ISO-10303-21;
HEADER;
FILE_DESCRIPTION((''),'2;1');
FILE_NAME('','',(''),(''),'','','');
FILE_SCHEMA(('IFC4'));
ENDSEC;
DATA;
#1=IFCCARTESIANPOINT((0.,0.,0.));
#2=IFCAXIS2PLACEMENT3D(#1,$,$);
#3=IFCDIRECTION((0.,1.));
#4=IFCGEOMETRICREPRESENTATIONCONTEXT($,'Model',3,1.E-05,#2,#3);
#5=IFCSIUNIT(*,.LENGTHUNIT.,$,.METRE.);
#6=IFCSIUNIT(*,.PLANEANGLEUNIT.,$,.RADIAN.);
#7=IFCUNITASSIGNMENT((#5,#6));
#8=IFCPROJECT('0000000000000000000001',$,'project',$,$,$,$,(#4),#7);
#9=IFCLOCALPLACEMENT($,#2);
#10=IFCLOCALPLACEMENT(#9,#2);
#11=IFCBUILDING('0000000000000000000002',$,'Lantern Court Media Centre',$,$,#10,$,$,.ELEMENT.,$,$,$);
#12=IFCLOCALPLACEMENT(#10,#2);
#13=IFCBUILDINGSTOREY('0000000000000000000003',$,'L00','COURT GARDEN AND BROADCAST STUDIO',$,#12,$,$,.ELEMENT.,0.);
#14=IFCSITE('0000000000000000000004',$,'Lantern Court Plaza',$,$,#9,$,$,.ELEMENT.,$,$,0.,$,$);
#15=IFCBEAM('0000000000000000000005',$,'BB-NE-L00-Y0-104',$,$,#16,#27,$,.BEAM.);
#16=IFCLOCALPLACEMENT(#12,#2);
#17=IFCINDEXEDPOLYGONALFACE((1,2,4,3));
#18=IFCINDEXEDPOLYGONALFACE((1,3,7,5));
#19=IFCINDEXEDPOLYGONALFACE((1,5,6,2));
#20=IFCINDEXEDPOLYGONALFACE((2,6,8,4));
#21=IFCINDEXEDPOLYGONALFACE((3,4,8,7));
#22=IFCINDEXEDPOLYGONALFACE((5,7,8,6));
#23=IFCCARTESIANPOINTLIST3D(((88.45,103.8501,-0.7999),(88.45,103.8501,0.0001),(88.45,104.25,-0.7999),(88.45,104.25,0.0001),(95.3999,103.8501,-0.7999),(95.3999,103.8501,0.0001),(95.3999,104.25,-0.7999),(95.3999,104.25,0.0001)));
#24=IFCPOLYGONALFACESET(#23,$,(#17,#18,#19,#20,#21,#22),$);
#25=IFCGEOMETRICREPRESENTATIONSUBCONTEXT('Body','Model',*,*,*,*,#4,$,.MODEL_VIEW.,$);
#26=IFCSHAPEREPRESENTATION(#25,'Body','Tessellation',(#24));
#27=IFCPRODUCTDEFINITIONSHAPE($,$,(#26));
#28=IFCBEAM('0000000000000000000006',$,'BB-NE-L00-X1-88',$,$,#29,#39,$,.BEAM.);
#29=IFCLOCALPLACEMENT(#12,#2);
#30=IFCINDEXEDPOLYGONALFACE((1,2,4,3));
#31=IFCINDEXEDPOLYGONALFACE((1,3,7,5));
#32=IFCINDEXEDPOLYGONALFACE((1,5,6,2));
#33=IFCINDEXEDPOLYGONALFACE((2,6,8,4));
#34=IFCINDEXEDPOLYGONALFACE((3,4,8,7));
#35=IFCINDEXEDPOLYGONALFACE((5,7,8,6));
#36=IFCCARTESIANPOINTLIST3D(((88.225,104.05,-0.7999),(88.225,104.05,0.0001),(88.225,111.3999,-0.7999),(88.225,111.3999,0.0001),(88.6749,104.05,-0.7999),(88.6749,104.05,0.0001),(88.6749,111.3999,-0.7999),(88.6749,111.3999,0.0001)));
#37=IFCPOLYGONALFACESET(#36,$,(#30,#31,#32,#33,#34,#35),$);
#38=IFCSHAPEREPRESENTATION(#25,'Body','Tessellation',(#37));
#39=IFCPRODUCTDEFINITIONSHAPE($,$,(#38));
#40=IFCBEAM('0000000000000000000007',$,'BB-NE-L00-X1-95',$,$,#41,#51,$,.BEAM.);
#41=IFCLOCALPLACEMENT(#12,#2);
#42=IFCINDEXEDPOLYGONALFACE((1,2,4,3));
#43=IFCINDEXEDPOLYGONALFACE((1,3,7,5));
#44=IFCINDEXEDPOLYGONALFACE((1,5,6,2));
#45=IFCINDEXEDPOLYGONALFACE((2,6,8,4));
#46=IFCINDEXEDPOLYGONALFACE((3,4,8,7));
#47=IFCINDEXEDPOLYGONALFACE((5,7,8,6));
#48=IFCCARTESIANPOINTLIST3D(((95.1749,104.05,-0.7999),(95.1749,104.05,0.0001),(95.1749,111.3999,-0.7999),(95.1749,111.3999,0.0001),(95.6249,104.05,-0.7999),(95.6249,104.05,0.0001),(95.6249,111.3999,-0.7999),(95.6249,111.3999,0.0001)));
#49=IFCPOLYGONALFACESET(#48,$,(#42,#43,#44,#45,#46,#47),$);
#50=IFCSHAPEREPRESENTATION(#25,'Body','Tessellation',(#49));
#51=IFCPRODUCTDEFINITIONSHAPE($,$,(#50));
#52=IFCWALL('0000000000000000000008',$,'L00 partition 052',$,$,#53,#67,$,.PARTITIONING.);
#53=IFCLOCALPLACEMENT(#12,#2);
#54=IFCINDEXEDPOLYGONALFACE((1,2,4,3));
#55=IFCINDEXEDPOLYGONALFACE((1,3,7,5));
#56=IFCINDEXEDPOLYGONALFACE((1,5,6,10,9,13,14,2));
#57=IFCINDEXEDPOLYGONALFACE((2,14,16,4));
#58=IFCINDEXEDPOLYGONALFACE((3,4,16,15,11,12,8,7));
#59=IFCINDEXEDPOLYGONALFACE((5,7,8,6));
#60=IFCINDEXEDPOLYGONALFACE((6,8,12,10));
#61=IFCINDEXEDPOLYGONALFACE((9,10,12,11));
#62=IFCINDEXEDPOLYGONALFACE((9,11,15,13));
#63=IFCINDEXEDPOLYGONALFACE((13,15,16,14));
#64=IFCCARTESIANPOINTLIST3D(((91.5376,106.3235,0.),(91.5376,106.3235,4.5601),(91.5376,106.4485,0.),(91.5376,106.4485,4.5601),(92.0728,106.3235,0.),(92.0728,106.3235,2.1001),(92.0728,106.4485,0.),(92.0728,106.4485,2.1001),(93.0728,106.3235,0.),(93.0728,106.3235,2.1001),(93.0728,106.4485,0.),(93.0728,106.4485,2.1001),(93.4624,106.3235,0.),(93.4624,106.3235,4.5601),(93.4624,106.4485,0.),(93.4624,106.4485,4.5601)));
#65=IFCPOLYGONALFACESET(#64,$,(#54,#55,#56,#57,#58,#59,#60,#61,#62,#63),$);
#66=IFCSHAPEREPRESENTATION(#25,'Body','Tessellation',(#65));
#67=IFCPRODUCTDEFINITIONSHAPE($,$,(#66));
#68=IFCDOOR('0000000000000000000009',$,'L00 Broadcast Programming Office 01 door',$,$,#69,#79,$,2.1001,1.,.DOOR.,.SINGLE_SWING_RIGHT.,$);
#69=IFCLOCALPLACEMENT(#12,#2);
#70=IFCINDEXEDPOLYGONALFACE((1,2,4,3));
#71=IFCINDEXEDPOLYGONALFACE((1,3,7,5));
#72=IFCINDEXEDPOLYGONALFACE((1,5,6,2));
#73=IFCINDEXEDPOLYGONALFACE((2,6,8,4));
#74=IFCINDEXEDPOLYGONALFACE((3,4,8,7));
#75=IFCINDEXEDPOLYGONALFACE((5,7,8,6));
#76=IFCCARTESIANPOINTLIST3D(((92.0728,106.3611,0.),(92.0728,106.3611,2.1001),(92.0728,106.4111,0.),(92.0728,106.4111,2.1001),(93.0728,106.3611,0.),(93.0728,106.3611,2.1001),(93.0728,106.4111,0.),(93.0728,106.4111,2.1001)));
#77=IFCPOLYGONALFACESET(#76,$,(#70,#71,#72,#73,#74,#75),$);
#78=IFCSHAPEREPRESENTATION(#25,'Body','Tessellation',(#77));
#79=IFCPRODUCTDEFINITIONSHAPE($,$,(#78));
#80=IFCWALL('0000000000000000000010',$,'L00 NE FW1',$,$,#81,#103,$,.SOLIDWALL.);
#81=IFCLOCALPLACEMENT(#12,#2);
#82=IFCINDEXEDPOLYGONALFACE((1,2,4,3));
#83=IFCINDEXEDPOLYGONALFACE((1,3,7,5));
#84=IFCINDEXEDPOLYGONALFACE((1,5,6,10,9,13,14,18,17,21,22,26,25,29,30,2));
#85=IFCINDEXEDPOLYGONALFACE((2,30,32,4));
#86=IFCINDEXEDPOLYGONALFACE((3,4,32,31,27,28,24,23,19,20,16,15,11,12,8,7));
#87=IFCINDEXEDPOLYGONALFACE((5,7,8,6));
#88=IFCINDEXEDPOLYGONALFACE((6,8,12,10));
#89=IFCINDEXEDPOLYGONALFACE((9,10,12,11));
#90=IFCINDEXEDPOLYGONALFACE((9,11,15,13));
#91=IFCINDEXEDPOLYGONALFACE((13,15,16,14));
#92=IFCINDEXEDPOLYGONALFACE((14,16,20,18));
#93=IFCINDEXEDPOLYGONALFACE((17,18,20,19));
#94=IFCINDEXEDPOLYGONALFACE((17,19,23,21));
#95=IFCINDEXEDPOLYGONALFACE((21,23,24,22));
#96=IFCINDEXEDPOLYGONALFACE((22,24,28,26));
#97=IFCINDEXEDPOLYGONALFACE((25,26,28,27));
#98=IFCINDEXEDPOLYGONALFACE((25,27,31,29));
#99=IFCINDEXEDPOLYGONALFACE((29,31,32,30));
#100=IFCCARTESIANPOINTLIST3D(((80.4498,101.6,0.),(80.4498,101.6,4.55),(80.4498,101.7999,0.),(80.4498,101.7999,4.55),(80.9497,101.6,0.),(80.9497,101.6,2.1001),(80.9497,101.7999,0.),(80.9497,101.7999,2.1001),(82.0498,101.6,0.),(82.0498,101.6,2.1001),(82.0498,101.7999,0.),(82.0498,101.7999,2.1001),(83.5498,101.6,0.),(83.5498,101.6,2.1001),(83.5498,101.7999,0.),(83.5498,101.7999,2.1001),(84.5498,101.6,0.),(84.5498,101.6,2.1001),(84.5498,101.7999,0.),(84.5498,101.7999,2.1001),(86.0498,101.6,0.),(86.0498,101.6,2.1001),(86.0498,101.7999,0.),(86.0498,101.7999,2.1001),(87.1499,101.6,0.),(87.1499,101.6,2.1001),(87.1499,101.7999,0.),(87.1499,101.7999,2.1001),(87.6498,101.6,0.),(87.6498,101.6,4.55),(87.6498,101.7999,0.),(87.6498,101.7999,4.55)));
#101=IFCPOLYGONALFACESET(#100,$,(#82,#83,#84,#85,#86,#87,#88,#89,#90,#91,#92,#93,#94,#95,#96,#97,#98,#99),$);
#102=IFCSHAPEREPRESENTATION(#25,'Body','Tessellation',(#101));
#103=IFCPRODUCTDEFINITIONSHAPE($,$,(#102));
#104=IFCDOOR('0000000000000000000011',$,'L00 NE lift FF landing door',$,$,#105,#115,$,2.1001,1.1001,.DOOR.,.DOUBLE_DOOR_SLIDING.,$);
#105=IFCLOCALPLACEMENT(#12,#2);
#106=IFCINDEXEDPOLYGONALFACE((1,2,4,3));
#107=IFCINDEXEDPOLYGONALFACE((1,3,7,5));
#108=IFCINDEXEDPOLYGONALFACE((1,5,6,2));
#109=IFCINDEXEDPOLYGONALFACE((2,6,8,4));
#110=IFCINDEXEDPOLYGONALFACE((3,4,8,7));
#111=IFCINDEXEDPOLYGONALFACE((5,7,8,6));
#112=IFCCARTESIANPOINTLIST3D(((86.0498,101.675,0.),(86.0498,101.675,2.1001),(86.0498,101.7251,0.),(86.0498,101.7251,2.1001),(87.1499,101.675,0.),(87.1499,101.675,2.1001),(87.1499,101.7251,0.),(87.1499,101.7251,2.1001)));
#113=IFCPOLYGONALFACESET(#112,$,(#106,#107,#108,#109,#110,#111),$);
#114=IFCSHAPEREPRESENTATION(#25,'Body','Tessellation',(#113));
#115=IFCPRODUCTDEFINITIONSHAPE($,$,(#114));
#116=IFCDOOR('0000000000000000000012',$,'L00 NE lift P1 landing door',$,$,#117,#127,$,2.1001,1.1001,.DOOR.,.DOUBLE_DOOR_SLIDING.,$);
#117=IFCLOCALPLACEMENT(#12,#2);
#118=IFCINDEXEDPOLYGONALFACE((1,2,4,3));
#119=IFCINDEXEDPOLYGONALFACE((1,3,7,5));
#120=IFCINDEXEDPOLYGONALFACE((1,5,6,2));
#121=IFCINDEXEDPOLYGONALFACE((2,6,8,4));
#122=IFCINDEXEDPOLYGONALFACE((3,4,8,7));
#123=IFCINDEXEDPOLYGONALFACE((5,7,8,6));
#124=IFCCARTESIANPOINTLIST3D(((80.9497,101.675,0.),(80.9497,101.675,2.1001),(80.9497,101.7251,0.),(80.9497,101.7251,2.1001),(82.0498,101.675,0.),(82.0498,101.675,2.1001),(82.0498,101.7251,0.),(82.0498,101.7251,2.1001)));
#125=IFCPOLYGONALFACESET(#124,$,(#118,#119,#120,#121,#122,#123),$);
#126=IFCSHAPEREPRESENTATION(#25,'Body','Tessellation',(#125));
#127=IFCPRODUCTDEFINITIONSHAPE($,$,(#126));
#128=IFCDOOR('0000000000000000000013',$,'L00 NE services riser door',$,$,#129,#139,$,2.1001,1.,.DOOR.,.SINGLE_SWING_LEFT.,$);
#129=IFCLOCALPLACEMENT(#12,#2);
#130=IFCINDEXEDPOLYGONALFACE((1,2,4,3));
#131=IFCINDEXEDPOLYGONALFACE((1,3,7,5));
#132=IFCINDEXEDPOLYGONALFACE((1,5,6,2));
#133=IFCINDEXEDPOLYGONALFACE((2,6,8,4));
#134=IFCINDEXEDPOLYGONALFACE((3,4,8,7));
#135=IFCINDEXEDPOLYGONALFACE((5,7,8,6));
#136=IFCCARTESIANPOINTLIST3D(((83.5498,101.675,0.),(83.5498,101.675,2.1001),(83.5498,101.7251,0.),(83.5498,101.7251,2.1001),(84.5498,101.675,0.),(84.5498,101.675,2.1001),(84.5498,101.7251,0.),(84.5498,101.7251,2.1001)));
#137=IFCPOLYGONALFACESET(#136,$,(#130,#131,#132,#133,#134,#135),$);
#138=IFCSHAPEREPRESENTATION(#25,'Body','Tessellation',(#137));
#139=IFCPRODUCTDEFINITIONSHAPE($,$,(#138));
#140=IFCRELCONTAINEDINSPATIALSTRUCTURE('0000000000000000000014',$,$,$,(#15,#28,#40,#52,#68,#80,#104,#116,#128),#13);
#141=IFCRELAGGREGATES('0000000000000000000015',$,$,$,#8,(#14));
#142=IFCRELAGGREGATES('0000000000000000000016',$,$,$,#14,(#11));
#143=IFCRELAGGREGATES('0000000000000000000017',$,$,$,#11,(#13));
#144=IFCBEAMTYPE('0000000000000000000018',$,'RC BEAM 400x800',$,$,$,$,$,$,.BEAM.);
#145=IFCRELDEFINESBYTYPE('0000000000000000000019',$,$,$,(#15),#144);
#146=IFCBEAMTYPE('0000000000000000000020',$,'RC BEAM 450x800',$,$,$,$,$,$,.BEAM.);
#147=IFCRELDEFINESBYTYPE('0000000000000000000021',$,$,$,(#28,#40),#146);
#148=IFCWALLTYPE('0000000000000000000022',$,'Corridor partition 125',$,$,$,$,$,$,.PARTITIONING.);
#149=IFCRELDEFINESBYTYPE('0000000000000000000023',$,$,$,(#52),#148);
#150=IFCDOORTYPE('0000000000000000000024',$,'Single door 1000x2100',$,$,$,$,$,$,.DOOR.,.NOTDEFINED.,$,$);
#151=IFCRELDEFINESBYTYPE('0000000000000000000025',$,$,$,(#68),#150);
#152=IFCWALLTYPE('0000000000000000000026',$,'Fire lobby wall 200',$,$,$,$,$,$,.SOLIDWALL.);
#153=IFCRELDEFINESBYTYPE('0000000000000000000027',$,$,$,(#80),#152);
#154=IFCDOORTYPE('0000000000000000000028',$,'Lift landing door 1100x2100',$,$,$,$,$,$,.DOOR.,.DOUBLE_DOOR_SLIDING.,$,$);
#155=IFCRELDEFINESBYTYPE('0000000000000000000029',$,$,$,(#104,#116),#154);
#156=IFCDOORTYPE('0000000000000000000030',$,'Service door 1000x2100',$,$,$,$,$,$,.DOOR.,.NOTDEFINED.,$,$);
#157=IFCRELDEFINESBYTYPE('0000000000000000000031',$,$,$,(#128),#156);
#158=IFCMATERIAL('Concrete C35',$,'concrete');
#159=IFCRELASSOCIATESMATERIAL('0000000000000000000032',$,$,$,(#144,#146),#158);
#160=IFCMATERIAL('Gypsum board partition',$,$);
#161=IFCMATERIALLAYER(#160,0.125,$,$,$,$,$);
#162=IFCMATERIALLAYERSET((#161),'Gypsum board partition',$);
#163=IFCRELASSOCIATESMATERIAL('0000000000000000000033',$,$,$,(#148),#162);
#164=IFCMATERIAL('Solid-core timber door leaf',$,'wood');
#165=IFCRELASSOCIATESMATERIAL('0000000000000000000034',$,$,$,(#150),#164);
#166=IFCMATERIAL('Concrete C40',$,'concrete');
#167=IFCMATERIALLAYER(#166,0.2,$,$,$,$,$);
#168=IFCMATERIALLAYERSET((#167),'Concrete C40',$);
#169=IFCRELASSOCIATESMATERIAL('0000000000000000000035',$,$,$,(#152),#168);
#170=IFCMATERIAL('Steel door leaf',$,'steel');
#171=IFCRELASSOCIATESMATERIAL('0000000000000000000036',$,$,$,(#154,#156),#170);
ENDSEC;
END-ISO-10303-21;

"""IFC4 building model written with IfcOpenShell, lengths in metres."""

from ifc_helpers import new_model, si_unit, direction, frame, frame_2d, origin, origin_2d, place, context, subcontext, project, spatial, rectangle, extrude, material, layer, layer_set, material_profile, profile_set, type_object, element, fill, save


model = new_model("IFC4")

# Units and contexts
model_context = context("Model", 3, precision=1e-05, world=origin(), true_north=direction((0.0, 1.0)))
body_context = subcontext(model_context, "Body", "Model", "MODEL_VIEW")
ifc_project = project(units=[si_unit("LENGTHUNIT", "METRE"), si_unit("PLANEANGLEUNIT", "RADIAN")], contexts=[model_context])

# Site, building, storey
site_placement = place(None, origin())
site = spatial("IfcSite", under=ifc_project, at=site_placement, Name="Lantern Court Plaza", CompositionType="ELEMENT", RefElevation=0.0)
building_placement = place(site_placement, origin())
building = spatial("IfcBuilding", under=site, at=building_placement, Name="Lantern Court Media Centre", CompositionType="ELEMENT")
storey_placement = place(building_placement, origin())
storey = spatial("IfcBuildingStorey", under=building, at=storey_placement, Name="L00", Description="COURT GARDEN AND BROADCAST STUDIO", CompositionType="ELEMENT", Elevation=0.0)

# Shared definitions
ifc_material_1 = material(Name="Concrete C35", Category="concrete")

# Beams
ifc_material_profile_1 = material_profile(ifc_material_1, rectangle(XDim=0.3999, YDim=0.8, at=origin_2d()), Name="RC 400x800")
ifc_profile_set_1 = profile_set([ifc_material_profile_1], Name="Concrete C35")
beam_type_1 = type_object("IfcBeamType", Name="RC BEAM 400x800", PredefinedType="BEAM", material=ifc_profile_set_1)
beam_placement = place(storey_placement, frame((88.45, 104.05, -0.3999), z_axis=(1.0, 0.0, 0.0), x_axis=(0.0, 1.0, 0.0)))
element("IfcBeam", 1, at=beam_placement, inside=storey, type_object=beam_type_1, Name="BB-NE-L00-Y0-104", PredefinedType="BEAM", context=body_context, shape_type="SweptSolid", body=[
    extrude(rectangle(XDim=0.3999, YDim=0.8, at=origin_2d()), origin(), (0.0, 0.0, 1.0), 6.95),
])
ifc_material_profile_2 = material_profile(ifc_material_1, rectangle(XDim=0.45, YDim=0.8, at=origin_2d()), Name="RC 450x800")
ifc_profile_set_2 = profile_set([ifc_material_profile_2], Name="Concrete C35")
beam_type_2 = type_object("IfcBeamType", Name="RC BEAM 450x800", PredefinedType="BEAM", material=ifc_profile_set_2)
for number, where, z_axis, x_axis, name in (
    (2, (88.45, 104.05, -0.3999), (0.0, 1.0, 0.0), (-1.0, 0.0, 0.0), "BB-NE-L00-X1-88"),
    (3, (95.3999, 104.05, -0.3999), (0.0, 1.0, 0.0), (-1.0, 0.0, 0.0), "BB-NE-L00-X1-95"),
):
    element("IfcBeam", number, at=place(storey_placement, frame(where, z_axis=z_axis, x_axis=x_axis)), inside=storey, type_object=beam_type_2, Name=name, PredefinedType="BEAM", context=body_context, shape_type="SweptSolid", body=[
        extrude(rectangle(XDim=0.45, YDim=0.8, at=origin_2d()), origin(), (0.0, 0.0, 1.0), 7.3499),
    ])

# Wall, opening, door
ifc_material_2 = material(Name="Gypsum board partition")
ifc_layer_1 = layer(ifc_material_2, 0.125)
ifc_layer_set_1 = layer_set([ifc_layer_1], Name="Gypsum board partition")
wall_type_1 = type_object("IfcWallType", Name="Corridor partition 125", PredefinedType="PARTITIONING", material=ifc_layer_set_1)
wall_1_placement = place(storey_placement, frame((91.5376, 106.386, 0.0), z_axis=(0.0, 0.0, 1.0), x_axis=(1.0, 0.0, 0.0)))
wall_1 = element("IfcWall", 4, at=wall_1_placement, inside=storey, type_object=wall_type_1, Name="L00 partition 052", PredefinedType="PARTITIONING", context=body_context, shape_type="SweptSolid", body=[
    extrude(rectangle(XDim=1.9248, YDim=0.125, at=frame_2d((0.9624, 0.0))), origin(), (0.0, 0.0, 1.0), 4.5601),
])
opening_1_placement = place(wall_1_placement, frame((0.5352, 0.0, 0.0)))
opening_1 = element("IfcOpeningElement", 5, at=opening_1_placement, cuts=wall_1, PredefinedType="OPENING", context=body_context, shape_type="SweptSolid", body=[
    extrude(rectangle(XDim=1.0, YDim=2.1001, at=frame_2d((0.5, 1.05))), frame((0.0, 0.0725, 0.0), z_axis=(0.0, -1.0, 0.0), x_axis=(1.0, 0.0, 0.0)), (0.0, 0.0, 1.0), 0.145),
])
ifc_material_3 = material(Name="Solid-core timber door leaf", Category="wood")
door_type_1 = type_object("IfcDoorType", Name="Single door 1000x2100", OperationType="NOTDEFINED", PredefinedType="DOOR", material=ifc_material_3)
door_1_placement = place(opening_1_placement, frame((1.0, 0.0, 0.0), z_axis=(0.0, 0.0, 1.0), x_axis=(-1.0, 0.0, 0.0)))
door_1 = element("IfcDoor", 6, at=door_1_placement, inside=storey, type_object=door_type_1, Name="L00 Broadcast Programming Office 01 door", OperationType="SINGLE_SWING_RIGHT", OverallHeight=2.1001, OverallWidth=1.0, PredefinedType="DOOR", context=body_context, shape_type="SweptSolid", body=[
    extrude(rectangle(XDim=1.0, YDim=2.1001, at=frame_2d((0.5, 1.05))), frame((0.0, 0.0249, 0.0), z_axis=(0.0, -1.0, 0.0), x_axis=(1.0, 0.0, 0.0)), (0.0, 0.0, 1.0), 0.05),
])
fill(opening_1, door_1)

# Wall, openings, doors
ifc_material_4 = material(Name="Concrete C40", Category="concrete")
ifc_layer_2 = layer(ifc_material_4, 0.2)
ifc_layer_set_2 = layer_set([ifc_layer_2], Name="Concrete C40")
wall_type_2 = type_object("IfcWallType", Name="Fire lobby wall 200", PredefinedType="SOLIDWALL", material=ifc_layer_set_2)
wall_2_placement = place(storey_placement, frame((87.6499, 101.7, 0.0), z_axis=(0.0, 0.0, 1.0), x_axis=(-1.0, 0.0, 0.0)))
wall_2 = element("IfcWall", 7, at=wall_2_placement, inside=storey, type_object=wall_type_2, Name="L00 NE FW1", PredefinedType="SOLIDWALL", context=body_context, shape_type="SweptSolid", body=[
    extrude(rectangle(XDim=7.2, YDim=0.2, at=frame_2d((3.6001, 0.0))), origin(), (0.0, 0.0, 1.0), 4.55),
])
opening_2_placement = place(wall_2_placement, frame((0.5, 0.0, 0.0)))
opening_2 = element("IfcOpeningElement", 8, at=opening_2_placement, cuts=wall_2, PredefinedType="OPENING", context=body_context, shape_type="SweptSolid", body=[
    extrude(rectangle(XDim=1.1001, YDim=2.1001, at=frame_2d((0.55, 1.05))), frame((0.0, 0.1099, 0.0), z_axis=(0.0, -1.0, 0.0), x_axis=(1.0, 0.0, 0.0)), (0.0, 0.0, 1.0), 0.22),
])
opening_3_placement = place(wall_2_placement, frame((5.6001, 0.0, 0.0)))
opening_3 = element("IfcOpeningElement", 9, at=opening_3_placement, cuts=wall_2, PredefinedType="OPENING", context=body_context, shape_type="SweptSolid", body=[
    extrude(rectangle(XDim=1.1001, YDim=2.1001, at=frame_2d((0.55, 1.05))), frame((0.0, 0.1099, 0.0), z_axis=(0.0, -1.0, 0.0), x_axis=(1.0, 0.0, 0.0)), (0.0, 0.0, 1.0), 0.22),
])
opening_4_placement = place(wall_2_placement, frame((3.1001, 0.0, 0.0)))
opening_4 = element("IfcOpeningElement", 10, at=opening_4_placement, cuts=wall_2, PredefinedType="OPENING", context=body_context, shape_type="SweptSolid", body=[
    extrude(rectangle(XDim=1.0, YDim=2.1001, at=frame_2d((0.5, 1.05))), frame((0.0, 0.1099, 0.0), z_axis=(0.0, -1.0, 0.0), x_axis=(1.0, 0.0, 0.0)), (0.0, 0.0, 1.0), 0.22),
])
ifc_material_5 = material(Name="Steel door leaf", Category="steel")
door_type_2 = type_object("IfcDoorType", Name="Lift landing door 1100x2100", OperationType="DOUBLE_DOOR_SLIDING", PredefinedType="DOOR", material=ifc_material_5)
door_2_placement = place(opening_2_placement, origin())
door_2 = element("IfcDoor", 11, at=door_2_placement, inside=storey, type_object=door_type_2, Name="L00 NE lift FF landing door", OperationType="DOUBLE_DOOR_SLIDING", OverallHeight=2.1001, OverallWidth=1.1001, PredefinedType="DOOR", context=body_context, shape_type="SweptSolid", body=[
    extrude(rectangle(XDim=1.1001, YDim=2.1001, at=frame_2d((0.55, 1.05))), frame((0.0, 0.0249, 0.0), z_axis=(0.0, -1.0, 0.0), x_axis=(1.0, 0.0, 0.0)), (0.0, 0.0, 1.0), 0.05),
])
fill(opening_2, door_2)
door_3_placement = place(opening_3_placement, origin())
door_3 = element("IfcDoor", 12, at=door_3_placement, inside=storey, type_object=door_type_2, Name="L00 NE lift P1 landing door", OperationType="DOUBLE_DOOR_SLIDING", OverallHeight=2.1001, OverallWidth=1.1001, PredefinedType="DOOR", context=body_context, shape_type="SweptSolid", body=[
    extrude(rectangle(XDim=1.1001, YDim=2.1001, at=frame_2d((0.55, 1.05))), frame((0.0, 0.0249, 0.0), z_axis=(0.0, -1.0, 0.0), x_axis=(1.0, 0.0, 0.0)), (0.0, 0.0, 1.0), 0.05),
])
fill(opening_3, door_3)
door_type_3 = type_object("IfcDoorType", Name="Service door 1000x2100", OperationType="NOTDEFINED", PredefinedType="DOOR", material=ifc_material_5)
door_4_placement = place(opening_4_placement, origin())
door_4 = element("IfcDoor", 13, at=door_4_placement, inside=storey, type_object=door_type_3, Name="L00 NE services riser door", OperationType="SINGLE_SWING_LEFT", OverallHeight=2.1001, OverallWidth=1.0, PredefinedType="DOOR", context=body_context, shape_type="SweptSolid", body=[
    extrude(rectangle(XDim=1.0, YDim=2.1001, at=frame_2d((0.5, 1.05))), frame((0.0, 0.0249, 0.0), z_axis=(0.0, -1.0, 0.0), x_axis=(1.0, 0.0, 0.0)), (0.0, 0.0, 1.0), 0.05),
])
fill(opening_4, door_4)

save(model, "model.ifc")
